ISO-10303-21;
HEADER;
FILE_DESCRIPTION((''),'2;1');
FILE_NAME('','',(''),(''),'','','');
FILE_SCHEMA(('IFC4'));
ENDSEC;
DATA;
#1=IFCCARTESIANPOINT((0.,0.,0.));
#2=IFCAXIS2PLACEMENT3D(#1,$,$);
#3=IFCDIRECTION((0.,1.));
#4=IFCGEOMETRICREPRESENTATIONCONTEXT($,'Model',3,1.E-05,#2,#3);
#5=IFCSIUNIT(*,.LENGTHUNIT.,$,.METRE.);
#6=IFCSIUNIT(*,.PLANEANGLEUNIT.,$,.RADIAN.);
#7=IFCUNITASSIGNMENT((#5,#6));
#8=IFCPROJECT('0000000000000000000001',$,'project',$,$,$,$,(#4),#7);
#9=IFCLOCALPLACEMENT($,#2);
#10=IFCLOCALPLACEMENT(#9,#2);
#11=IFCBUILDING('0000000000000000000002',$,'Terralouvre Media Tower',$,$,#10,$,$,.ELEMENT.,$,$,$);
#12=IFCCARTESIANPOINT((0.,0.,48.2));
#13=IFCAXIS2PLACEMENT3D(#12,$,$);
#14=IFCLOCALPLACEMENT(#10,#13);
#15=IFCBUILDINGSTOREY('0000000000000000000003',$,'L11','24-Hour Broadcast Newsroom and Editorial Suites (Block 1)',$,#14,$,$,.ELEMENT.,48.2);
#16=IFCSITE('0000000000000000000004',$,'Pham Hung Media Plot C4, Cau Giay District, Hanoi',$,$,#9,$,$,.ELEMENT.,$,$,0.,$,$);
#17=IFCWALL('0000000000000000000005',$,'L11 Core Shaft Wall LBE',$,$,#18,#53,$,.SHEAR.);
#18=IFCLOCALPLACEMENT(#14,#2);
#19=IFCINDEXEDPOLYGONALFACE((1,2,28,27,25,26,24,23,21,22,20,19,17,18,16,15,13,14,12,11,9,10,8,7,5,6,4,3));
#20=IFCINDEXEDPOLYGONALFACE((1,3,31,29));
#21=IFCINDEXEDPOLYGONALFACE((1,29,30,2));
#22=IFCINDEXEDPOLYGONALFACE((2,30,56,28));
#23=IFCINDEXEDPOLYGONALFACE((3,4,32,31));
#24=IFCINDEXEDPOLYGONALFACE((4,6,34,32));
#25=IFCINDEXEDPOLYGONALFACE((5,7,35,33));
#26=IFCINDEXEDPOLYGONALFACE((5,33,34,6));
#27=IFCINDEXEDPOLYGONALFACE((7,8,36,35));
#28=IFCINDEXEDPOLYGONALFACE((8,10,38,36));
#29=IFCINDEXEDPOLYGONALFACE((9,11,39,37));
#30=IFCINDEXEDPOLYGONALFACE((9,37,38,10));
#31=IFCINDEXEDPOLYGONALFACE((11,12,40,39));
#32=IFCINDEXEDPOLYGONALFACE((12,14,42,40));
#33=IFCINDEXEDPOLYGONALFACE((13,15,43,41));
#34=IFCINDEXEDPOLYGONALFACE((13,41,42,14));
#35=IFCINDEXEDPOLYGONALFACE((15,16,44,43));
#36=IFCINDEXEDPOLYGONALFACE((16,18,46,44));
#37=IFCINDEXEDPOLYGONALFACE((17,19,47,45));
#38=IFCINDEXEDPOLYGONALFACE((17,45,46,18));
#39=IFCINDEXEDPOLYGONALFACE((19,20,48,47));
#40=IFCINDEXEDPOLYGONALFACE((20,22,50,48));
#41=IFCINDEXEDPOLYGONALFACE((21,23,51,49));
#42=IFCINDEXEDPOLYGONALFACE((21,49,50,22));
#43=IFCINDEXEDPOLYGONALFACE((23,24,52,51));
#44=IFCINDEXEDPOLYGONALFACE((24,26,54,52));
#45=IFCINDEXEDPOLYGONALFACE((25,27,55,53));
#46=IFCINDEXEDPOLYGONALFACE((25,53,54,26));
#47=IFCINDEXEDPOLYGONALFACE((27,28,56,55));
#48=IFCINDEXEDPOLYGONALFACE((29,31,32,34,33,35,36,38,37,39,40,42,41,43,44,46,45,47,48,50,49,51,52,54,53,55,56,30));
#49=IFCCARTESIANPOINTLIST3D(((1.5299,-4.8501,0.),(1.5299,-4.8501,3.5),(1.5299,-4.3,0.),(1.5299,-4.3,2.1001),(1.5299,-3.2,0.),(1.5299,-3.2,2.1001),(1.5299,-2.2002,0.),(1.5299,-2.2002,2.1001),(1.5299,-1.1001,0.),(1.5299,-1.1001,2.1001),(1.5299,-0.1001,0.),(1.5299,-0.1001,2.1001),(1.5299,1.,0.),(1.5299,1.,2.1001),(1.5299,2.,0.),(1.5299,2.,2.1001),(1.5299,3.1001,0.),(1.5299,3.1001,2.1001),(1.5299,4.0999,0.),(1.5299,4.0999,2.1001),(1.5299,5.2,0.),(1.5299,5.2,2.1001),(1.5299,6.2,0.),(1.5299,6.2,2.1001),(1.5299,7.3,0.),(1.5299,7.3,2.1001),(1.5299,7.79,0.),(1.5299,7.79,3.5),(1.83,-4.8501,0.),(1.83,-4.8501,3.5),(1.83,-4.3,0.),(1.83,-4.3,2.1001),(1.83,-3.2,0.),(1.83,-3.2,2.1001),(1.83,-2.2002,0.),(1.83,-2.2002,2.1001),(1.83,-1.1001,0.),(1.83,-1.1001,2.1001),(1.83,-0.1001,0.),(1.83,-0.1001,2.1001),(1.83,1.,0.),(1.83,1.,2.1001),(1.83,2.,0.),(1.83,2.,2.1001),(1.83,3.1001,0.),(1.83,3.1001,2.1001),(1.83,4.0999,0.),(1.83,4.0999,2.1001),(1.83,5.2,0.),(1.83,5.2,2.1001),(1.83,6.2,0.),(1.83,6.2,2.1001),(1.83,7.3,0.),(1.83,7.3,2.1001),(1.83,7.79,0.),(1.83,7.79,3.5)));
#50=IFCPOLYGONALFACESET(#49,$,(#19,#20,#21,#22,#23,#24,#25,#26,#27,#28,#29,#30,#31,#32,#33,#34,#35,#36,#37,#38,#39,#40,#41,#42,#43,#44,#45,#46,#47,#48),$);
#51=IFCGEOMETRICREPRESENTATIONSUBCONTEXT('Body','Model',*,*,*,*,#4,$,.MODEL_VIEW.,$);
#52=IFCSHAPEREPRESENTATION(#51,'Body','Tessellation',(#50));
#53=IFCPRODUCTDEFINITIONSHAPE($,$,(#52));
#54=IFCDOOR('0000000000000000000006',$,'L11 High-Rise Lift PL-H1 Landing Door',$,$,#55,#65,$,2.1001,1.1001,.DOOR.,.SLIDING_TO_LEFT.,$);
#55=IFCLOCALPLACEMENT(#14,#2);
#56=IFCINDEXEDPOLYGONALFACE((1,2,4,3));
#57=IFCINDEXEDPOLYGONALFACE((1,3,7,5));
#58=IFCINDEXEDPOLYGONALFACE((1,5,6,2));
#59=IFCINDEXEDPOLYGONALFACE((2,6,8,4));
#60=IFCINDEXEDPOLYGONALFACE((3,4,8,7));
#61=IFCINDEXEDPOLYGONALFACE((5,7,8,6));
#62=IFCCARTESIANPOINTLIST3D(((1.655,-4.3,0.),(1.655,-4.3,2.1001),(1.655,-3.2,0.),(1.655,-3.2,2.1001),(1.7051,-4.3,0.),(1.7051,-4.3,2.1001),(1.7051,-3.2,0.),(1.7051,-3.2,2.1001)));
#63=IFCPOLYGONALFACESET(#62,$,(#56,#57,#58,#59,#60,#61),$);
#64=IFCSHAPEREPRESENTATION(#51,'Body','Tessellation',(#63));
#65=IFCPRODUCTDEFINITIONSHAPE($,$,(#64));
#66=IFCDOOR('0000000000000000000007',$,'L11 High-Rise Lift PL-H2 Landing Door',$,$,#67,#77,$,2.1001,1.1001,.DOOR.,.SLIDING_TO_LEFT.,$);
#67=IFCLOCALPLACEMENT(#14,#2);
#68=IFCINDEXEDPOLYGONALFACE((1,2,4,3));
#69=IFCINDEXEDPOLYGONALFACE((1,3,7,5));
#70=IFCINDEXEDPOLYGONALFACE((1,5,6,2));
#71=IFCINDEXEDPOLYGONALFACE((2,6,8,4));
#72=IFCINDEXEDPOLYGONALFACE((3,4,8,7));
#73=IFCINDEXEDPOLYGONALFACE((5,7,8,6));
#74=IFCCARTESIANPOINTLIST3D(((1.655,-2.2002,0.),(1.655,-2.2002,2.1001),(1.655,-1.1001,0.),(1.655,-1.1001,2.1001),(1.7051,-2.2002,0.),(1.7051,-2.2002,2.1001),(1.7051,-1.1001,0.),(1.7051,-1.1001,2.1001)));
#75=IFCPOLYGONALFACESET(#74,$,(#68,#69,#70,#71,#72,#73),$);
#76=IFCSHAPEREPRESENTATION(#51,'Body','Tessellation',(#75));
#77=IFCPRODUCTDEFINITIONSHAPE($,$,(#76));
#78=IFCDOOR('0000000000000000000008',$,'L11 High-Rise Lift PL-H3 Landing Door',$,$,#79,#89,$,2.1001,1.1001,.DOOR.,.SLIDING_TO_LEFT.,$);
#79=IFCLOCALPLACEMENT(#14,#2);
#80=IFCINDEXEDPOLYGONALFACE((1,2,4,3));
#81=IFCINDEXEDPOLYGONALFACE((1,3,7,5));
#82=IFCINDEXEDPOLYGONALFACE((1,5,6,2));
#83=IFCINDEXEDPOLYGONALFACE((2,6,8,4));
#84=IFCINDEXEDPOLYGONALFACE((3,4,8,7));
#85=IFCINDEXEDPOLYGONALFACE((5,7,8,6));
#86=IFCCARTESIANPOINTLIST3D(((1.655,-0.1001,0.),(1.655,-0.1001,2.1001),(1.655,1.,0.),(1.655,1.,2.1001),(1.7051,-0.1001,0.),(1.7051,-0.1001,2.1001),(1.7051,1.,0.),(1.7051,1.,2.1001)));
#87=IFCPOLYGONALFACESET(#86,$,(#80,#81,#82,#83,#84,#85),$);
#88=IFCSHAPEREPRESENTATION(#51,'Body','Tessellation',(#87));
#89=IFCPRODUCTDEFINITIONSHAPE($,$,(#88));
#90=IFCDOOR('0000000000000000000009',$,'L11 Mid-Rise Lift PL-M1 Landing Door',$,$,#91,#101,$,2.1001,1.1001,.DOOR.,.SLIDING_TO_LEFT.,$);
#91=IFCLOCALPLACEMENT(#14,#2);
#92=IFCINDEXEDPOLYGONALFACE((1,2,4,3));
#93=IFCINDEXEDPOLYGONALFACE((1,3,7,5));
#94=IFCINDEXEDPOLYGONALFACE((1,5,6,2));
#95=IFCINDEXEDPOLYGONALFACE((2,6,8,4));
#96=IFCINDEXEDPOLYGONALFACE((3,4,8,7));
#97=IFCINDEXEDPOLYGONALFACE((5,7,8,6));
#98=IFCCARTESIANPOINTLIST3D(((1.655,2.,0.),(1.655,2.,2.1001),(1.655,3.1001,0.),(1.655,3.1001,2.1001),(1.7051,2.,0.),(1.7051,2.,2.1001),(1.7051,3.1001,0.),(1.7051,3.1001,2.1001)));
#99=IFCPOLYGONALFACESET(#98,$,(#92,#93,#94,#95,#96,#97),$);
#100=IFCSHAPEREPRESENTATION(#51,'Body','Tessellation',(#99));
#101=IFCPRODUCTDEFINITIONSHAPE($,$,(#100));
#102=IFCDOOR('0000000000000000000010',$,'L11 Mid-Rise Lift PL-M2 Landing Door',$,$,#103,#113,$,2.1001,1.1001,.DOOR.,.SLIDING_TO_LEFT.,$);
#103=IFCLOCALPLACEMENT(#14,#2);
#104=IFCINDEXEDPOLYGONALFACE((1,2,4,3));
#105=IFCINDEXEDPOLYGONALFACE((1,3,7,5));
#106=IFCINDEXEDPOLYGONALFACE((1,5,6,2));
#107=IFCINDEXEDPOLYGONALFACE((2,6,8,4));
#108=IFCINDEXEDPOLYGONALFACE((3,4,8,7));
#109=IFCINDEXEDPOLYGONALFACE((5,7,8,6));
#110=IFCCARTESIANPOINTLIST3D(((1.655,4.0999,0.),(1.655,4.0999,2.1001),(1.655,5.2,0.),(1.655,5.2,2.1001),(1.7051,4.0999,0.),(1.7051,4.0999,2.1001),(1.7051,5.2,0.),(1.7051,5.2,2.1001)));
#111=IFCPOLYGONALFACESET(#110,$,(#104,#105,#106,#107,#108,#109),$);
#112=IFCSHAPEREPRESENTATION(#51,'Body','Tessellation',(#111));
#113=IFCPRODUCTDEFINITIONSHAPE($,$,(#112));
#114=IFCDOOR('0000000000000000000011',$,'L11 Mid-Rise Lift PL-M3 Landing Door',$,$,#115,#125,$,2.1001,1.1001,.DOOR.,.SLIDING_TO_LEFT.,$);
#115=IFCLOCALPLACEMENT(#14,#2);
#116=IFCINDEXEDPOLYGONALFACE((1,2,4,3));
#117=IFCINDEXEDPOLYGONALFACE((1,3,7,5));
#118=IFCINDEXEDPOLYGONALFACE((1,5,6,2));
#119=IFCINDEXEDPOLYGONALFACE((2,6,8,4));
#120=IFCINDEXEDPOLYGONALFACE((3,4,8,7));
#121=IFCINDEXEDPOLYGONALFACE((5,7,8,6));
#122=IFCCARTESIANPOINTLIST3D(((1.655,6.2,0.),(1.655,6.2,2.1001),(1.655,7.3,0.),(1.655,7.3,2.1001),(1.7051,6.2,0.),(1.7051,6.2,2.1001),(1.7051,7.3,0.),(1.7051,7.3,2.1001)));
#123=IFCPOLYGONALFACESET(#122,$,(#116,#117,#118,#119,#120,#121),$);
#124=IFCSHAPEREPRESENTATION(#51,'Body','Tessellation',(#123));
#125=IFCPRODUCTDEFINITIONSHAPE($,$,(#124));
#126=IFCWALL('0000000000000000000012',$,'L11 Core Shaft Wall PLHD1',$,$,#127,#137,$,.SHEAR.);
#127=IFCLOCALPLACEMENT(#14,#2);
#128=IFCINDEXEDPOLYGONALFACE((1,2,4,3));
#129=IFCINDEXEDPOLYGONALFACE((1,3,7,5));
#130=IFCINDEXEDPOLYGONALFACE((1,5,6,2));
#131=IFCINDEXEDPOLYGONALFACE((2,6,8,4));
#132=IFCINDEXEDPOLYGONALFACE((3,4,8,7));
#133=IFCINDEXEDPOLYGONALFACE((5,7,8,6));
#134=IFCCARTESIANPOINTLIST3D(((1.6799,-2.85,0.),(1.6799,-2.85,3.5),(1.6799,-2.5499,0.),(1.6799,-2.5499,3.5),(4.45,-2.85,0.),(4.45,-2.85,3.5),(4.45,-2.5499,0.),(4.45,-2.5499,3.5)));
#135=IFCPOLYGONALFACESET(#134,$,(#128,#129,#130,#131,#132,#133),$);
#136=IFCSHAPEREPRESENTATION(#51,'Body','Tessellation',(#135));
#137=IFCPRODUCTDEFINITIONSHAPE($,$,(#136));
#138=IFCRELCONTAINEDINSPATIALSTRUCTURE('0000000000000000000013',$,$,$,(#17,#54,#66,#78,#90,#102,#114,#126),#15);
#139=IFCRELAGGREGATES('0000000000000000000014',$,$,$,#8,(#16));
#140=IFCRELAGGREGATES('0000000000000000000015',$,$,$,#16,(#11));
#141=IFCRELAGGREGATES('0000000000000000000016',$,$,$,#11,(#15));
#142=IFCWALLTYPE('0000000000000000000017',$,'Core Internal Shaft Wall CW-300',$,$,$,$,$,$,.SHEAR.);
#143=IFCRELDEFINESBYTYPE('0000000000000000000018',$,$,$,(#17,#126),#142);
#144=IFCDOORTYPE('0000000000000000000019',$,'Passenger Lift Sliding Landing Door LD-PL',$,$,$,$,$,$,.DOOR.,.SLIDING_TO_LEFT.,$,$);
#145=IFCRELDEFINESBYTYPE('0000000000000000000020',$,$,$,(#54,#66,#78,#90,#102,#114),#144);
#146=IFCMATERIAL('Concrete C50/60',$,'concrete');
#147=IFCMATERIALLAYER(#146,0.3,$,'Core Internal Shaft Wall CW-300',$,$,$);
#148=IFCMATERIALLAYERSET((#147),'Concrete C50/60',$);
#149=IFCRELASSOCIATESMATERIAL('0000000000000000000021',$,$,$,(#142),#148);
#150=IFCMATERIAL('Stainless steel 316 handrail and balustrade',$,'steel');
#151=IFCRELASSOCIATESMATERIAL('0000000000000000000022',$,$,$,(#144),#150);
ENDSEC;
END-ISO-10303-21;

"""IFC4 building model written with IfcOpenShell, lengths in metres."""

from ifc_helpers import new_model, si_unit, direction, frame, frame_2d, origin, place, context, subcontext, project, spatial, rectangle, extrude, material, layer, layer_set, type_object, element, fill, save


model = new_model("IFC4")

# Units and contexts
model_context = context("Model", 3, precision=1e-05, world=origin(), true_north=direction((0.0, 1.0)))
body_context = subcontext(model_context, "Body", "Model", "MODEL_VIEW")
ifc_project = project(units=[si_unit("LENGTHUNIT", "METRE"), si_unit("PLANEANGLEUNIT", "RADIAN")], contexts=[model_context])

# Site, building, storey
site_placement = place(None, origin())
site = spatial("IfcSite", under=ifc_project, at=site_placement, Name="Pham Hung Media Plot C4, Cau Giay District, Hanoi", CompositionType="ELEMENT", RefElevation=0.0)
building_placement = place(site_placement, origin())
building = spatial("IfcBuilding", under=site, at=building_placement, Name="Terralouvre Media Tower", CompositionType="ELEMENT")
storey_placement = place(building_placement, frame((0.0, 0.0, 48.2)))
storey = spatial("IfcBuildingStorey", under=building, at=storey_placement, Name="L11", Description="24-Hour Broadcast Newsroom and Editorial Suites (Block 1)", CompositionType="ELEMENT", Elevation=48.2)

# Shared definitions
ifc_material_1 = material(Name="Concrete C50/60", Category="concrete")
ifc_layer_1 = layer(ifc_material_1, 0.3, Name="Core Internal Shaft Wall CW-300")
ifc_layer_set_1 = layer_set([ifc_layer_1], Name="Concrete C50/60")
wall_type_1 = type_object("IfcWallType", Name="Core Internal Shaft Wall CW-300", PredefinedType="SHEAR", material=ifc_layer_set_1)

# Wall, openings, doors
wall_1_placement = place(storey_placement, frame((1.6799, -4.8501, 0.0), z_axis=(0.0, 0.0, 1.0), x_axis=(0.0, 1.0, 0.0)))
wall_1 = element("IfcWall", 1, at=wall_1_placement, inside=storey, type_object=wall_type_1, Name="L11 Core Shaft Wall LBE", PredefinedType="SHEAR", context=body_context, shape_type="SweptSolid", body=[
    extrude(rectangle(XDim=12.6401, YDim=0.3, at=frame_2d((6.3201, 0.0))), origin(), (0.0, 0.0, 1.0), 3.5),
])
opening_1_placement = place(wall_1_placement, frame((0.55, 0.0, 0.0)))
opening_1 = element("IfcOpeningElement", 2, at=opening_1_placement, cuts=wall_1, PredefinedType="OPENING", context=body_context, shape_type="SweptSolid", body=[
    extrude(rectangle(XDim=1.1001, YDim=2.1001, at=frame_2d((0.55, 1.05))), frame((0.0, 0.1599, 0.0), z_axis=(0.0, -1.0, 0.0), x_axis=(1.0, 0.0, 0.0)), (0.0, 0.0, 1.0), 0.3201),
])
opening_2_placement = place(wall_1_placement, frame((2.6499, 0.0, 0.0)))
opening_2 = element("IfcOpeningElement", 3, at=opening_2_placement, cuts=wall_1, PredefinedType="OPENING", context=body_context, shape_type="SweptSolid", body=[
    extrude(rectangle(XDim=1.1001, YDim=2.1001, at=frame_2d((0.55, 1.05))), frame((0.0, 0.1599, 0.0), z_axis=(0.0, -1.0, 0.0), x_axis=(1.0, 0.0, 0.0)), (0.0, 0.0, 1.0), 0.3201),
])
opening_3_placement = place(wall_1_placement, frame((4.75, 0.0, 0.0)))
opening_3 = element("IfcOpeningElement", 4, at=opening_3_placement, cuts=wall_1, PredefinedType="OPENING", context=body_context, shape_type="SweptSolid", body=[
    extrude(rectangle(XDim=1.1001, YDim=2.1001, at=frame_2d((0.55, 1.05))), frame((0.0, 0.1599, 0.0), z_axis=(0.0, -1.0, 0.0), x_axis=(1.0, 0.0, 0.0)), (0.0, 0.0, 1.0), 0.3201),
])
opening_4_placement = place(wall_1_placement, frame((6.8501, 0.0, 0.0)))
opening_4 = element("IfcOpeningElement", 5, at=opening_4_placement, cuts=wall_1, PredefinedType="OPENING", context=body_context, shape_type="SweptSolid", body=[
    extrude(rectangle(XDim=1.1001, YDim=2.1001, at=frame_2d((0.55, 1.05))), frame((0.0, 0.1599, 0.0), z_axis=(0.0, -1.0, 0.0), x_axis=(1.0, 0.0, 0.0)), (0.0, 0.0, 1.0), 0.3201),
])
opening_5_placement = place(wall_1_placement, frame((8.95, 0.0, 0.0)))
opening_5 = element("IfcOpeningElement", 6, at=opening_5_placement, cuts=wall_1, PredefinedType="OPENING", context=body_context, shape_type="SweptSolid", body=[
    extrude(rectangle(XDim=1.1001, YDim=2.1001, at=frame_2d((0.55, 1.05))), frame((0.0, 0.1599, 0.0), z_axis=(0.0, -1.0, 0.0), x_axis=(1.0, 0.0, 0.0)), (0.0, 0.0, 1.0), 0.3201),
])
opening_6_placement = place(wall_1_placement, frame((11.05, 0.0, 0.0)))
opening_6 = element("IfcOpeningElement", 7, at=opening_6_placement, cuts=wall_1, PredefinedType="OPENING", context=body_context, shape_type="SweptSolid", body=[
    extrude(rectangle(XDim=1.1001, YDim=2.1001, at=frame_2d((0.55, 1.05))), frame((0.0, 0.1599, 0.0), z_axis=(0.0, -1.0, 0.0), x_axis=(1.0, 0.0, 0.0)), (0.0, 0.0, 1.0), 0.3201),
])
ifc_material_2 = material(Name="Stainless steel 316 handrail and balustrade", Category="steel")
door_type_1 = type_object("IfcDoorType", Name="Passenger Lift Sliding Landing Door LD-PL", OperationType="SLIDING_TO_LEFT", PredefinedType="DOOR", material=ifc_material_2)
door_1_placement = place(opening_1_placement, origin())
door_1 = element("IfcDoor", 8, at=door_1_placement, inside=storey, type_object=door_type_1, Name="L11 High-Rise Lift PL-H1 Landing Door", OperationType="SLIDING_TO_LEFT", OverallHeight=2.1001, OverallWidth=1.1001, PredefinedType="DOOR", context=body_context, shape_type="SweptSolid", body=[
    extrude(rectangle(XDim=1.1001, YDim=2.1001, at=frame_2d((0.55, 1.05))), frame((0.0, 0.0249, 0.0), z_axis=(0.0, -1.0, 0.0), x_axis=(1.0, 0.0, 0.0)), (0.0, 0.0, 1.0), 0.05),
])
fill(opening_1, door_1)
door_2_placement = place(opening_2_placement, origin())
door_2 = element("IfcDoor", 9, at=door_2_placement, inside=storey, type_object=door_type_1, Name="L11 High-Rise Lift PL-H2 Landing Door", OperationType="SLIDING_TO_LEFT", OverallHeight=2.1001, OverallWidth=1.1001, PredefinedType="DOOR", context=body_context, shape_type="SweptSolid", body=[
    extrude(rectangle(XDim=1.1001, YDim=2.1001, at=frame_2d((0.55, 1.05))), frame((0.0, 0.0249, 0.0), z_axis=(0.0, -1.0, 0.0), x_axis=(1.0, 0.0, 0.0)), (0.0, 0.0, 1.0), 0.05),
])
fill(opening_2, door_2)
door_3_placement = place(opening_3_placement, origin())
door_3 = element("IfcDoor", 10, at=door_3_placement, inside=storey, type_object=door_type_1, Name="L11 High-Rise Lift PL-H3 Landing Door", OperationType="SLIDING_TO_LEFT", OverallHeight=2.1001, OverallWidth=1.1001, PredefinedType="DOOR", context=body_context, shape_type="SweptSolid", body=[
    extrude(rectangle(XDim=1.1001, YDim=2.1001, at=frame_2d((0.55, 1.05))), frame((0.0, 0.0249, 0.0), z_axis=(0.0, -1.0, 0.0), x_axis=(1.0, 0.0, 0.0)), (0.0, 0.0, 1.0), 0.05),
])
fill(opening_3, door_3)
door_4_placement = place(opening_4_placement, origin())
door_4 = element("IfcDoor", 11, at=door_4_placement, inside=storey, type_object=door_type_1, Name="L11 Mid-Rise Lift PL-M1 Landing Door", OperationType="SLIDING_TO_LEFT", OverallHeight=2.1001, OverallWidth=1.1001, PredefinedType="DOOR", context=body_context, shape_type="SweptSolid", body=[
    extrude(rectangle(XDim=1.1001, YDim=2.1001, at=frame_2d((0.55, 1.05))), frame((0.0, 0.0249, 0.0), z_axis=(0.0, -1.0, 0.0), x_axis=(1.0, 0.0, 0.0)), (0.0, 0.0, 1.0), 0.05),
])
fill(opening_4, door_4)
door_5_placement = place(opening_5_placement, origin())
door_5 = element("IfcDoor", 12, at=door_5_placement, inside=storey, type_object=door_type_1, Name="L11 Mid-Rise Lift PL-M2 Landing Door", OperationType="SLIDING_TO_LEFT", OverallHeight=2.1001, OverallWidth=1.1001, PredefinedType="DOOR", context=body_context, shape_type="SweptSolid", body=[
    extrude(rectangle(XDim=1.1001, YDim=2.1001, at=frame_2d((0.55, 1.05))), frame((0.0, 0.0249, 0.0), z_axis=(0.0, -1.0, 0.0), x_axis=(1.0, 0.0, 0.0)), (0.0, 0.0, 1.0), 0.05),
])
fill(opening_5, door_5)
door_6_placement = place(opening_6_placement, origin())
door_6 = element("IfcDoor", 13, at=door_6_placement, inside=storey, type_object=door_type_1, Name="L11 Mid-Rise Lift PL-M3 Landing Door", OperationType="SLIDING_TO_LEFT", OverallHeight=2.1001, OverallWidth=1.1001, PredefinedType="DOOR", context=body_context, shape_type="SweptSolid", body=[
    extrude(rectangle(XDim=1.1001, YDim=2.1001, at=frame_2d((0.55, 1.05))), frame((0.0, 0.0249, 0.0), z_axis=(0.0, -1.0, 0.0), x_axis=(1.0, 0.0, 0.0)), (0.0, 0.0, 1.0), 0.05),
])
fill(opening_6, door_6)

# Wall
wall_2_placement = place(storey_placement, frame((1.6799, -2.7, 0.0), z_axis=(0.0, 0.0, 1.0), x_axis=(1.0, 0.0, 0.0)))
element("IfcWall", 14, at=wall_2_placement, inside=storey, type_object=wall_type_1, Name="L11 Core Shaft Wall PLHD1", PredefinedType="SHEAR", context=body_context, shape_type="SweptSolid", body=[
    extrude(rectangle(XDim=2.77, YDim=0.3, at=frame_2d((1.385, 0.0))), origin(), (0.0, 0.0, 1.0), 3.5),
])

save(model, "model.ifc")
